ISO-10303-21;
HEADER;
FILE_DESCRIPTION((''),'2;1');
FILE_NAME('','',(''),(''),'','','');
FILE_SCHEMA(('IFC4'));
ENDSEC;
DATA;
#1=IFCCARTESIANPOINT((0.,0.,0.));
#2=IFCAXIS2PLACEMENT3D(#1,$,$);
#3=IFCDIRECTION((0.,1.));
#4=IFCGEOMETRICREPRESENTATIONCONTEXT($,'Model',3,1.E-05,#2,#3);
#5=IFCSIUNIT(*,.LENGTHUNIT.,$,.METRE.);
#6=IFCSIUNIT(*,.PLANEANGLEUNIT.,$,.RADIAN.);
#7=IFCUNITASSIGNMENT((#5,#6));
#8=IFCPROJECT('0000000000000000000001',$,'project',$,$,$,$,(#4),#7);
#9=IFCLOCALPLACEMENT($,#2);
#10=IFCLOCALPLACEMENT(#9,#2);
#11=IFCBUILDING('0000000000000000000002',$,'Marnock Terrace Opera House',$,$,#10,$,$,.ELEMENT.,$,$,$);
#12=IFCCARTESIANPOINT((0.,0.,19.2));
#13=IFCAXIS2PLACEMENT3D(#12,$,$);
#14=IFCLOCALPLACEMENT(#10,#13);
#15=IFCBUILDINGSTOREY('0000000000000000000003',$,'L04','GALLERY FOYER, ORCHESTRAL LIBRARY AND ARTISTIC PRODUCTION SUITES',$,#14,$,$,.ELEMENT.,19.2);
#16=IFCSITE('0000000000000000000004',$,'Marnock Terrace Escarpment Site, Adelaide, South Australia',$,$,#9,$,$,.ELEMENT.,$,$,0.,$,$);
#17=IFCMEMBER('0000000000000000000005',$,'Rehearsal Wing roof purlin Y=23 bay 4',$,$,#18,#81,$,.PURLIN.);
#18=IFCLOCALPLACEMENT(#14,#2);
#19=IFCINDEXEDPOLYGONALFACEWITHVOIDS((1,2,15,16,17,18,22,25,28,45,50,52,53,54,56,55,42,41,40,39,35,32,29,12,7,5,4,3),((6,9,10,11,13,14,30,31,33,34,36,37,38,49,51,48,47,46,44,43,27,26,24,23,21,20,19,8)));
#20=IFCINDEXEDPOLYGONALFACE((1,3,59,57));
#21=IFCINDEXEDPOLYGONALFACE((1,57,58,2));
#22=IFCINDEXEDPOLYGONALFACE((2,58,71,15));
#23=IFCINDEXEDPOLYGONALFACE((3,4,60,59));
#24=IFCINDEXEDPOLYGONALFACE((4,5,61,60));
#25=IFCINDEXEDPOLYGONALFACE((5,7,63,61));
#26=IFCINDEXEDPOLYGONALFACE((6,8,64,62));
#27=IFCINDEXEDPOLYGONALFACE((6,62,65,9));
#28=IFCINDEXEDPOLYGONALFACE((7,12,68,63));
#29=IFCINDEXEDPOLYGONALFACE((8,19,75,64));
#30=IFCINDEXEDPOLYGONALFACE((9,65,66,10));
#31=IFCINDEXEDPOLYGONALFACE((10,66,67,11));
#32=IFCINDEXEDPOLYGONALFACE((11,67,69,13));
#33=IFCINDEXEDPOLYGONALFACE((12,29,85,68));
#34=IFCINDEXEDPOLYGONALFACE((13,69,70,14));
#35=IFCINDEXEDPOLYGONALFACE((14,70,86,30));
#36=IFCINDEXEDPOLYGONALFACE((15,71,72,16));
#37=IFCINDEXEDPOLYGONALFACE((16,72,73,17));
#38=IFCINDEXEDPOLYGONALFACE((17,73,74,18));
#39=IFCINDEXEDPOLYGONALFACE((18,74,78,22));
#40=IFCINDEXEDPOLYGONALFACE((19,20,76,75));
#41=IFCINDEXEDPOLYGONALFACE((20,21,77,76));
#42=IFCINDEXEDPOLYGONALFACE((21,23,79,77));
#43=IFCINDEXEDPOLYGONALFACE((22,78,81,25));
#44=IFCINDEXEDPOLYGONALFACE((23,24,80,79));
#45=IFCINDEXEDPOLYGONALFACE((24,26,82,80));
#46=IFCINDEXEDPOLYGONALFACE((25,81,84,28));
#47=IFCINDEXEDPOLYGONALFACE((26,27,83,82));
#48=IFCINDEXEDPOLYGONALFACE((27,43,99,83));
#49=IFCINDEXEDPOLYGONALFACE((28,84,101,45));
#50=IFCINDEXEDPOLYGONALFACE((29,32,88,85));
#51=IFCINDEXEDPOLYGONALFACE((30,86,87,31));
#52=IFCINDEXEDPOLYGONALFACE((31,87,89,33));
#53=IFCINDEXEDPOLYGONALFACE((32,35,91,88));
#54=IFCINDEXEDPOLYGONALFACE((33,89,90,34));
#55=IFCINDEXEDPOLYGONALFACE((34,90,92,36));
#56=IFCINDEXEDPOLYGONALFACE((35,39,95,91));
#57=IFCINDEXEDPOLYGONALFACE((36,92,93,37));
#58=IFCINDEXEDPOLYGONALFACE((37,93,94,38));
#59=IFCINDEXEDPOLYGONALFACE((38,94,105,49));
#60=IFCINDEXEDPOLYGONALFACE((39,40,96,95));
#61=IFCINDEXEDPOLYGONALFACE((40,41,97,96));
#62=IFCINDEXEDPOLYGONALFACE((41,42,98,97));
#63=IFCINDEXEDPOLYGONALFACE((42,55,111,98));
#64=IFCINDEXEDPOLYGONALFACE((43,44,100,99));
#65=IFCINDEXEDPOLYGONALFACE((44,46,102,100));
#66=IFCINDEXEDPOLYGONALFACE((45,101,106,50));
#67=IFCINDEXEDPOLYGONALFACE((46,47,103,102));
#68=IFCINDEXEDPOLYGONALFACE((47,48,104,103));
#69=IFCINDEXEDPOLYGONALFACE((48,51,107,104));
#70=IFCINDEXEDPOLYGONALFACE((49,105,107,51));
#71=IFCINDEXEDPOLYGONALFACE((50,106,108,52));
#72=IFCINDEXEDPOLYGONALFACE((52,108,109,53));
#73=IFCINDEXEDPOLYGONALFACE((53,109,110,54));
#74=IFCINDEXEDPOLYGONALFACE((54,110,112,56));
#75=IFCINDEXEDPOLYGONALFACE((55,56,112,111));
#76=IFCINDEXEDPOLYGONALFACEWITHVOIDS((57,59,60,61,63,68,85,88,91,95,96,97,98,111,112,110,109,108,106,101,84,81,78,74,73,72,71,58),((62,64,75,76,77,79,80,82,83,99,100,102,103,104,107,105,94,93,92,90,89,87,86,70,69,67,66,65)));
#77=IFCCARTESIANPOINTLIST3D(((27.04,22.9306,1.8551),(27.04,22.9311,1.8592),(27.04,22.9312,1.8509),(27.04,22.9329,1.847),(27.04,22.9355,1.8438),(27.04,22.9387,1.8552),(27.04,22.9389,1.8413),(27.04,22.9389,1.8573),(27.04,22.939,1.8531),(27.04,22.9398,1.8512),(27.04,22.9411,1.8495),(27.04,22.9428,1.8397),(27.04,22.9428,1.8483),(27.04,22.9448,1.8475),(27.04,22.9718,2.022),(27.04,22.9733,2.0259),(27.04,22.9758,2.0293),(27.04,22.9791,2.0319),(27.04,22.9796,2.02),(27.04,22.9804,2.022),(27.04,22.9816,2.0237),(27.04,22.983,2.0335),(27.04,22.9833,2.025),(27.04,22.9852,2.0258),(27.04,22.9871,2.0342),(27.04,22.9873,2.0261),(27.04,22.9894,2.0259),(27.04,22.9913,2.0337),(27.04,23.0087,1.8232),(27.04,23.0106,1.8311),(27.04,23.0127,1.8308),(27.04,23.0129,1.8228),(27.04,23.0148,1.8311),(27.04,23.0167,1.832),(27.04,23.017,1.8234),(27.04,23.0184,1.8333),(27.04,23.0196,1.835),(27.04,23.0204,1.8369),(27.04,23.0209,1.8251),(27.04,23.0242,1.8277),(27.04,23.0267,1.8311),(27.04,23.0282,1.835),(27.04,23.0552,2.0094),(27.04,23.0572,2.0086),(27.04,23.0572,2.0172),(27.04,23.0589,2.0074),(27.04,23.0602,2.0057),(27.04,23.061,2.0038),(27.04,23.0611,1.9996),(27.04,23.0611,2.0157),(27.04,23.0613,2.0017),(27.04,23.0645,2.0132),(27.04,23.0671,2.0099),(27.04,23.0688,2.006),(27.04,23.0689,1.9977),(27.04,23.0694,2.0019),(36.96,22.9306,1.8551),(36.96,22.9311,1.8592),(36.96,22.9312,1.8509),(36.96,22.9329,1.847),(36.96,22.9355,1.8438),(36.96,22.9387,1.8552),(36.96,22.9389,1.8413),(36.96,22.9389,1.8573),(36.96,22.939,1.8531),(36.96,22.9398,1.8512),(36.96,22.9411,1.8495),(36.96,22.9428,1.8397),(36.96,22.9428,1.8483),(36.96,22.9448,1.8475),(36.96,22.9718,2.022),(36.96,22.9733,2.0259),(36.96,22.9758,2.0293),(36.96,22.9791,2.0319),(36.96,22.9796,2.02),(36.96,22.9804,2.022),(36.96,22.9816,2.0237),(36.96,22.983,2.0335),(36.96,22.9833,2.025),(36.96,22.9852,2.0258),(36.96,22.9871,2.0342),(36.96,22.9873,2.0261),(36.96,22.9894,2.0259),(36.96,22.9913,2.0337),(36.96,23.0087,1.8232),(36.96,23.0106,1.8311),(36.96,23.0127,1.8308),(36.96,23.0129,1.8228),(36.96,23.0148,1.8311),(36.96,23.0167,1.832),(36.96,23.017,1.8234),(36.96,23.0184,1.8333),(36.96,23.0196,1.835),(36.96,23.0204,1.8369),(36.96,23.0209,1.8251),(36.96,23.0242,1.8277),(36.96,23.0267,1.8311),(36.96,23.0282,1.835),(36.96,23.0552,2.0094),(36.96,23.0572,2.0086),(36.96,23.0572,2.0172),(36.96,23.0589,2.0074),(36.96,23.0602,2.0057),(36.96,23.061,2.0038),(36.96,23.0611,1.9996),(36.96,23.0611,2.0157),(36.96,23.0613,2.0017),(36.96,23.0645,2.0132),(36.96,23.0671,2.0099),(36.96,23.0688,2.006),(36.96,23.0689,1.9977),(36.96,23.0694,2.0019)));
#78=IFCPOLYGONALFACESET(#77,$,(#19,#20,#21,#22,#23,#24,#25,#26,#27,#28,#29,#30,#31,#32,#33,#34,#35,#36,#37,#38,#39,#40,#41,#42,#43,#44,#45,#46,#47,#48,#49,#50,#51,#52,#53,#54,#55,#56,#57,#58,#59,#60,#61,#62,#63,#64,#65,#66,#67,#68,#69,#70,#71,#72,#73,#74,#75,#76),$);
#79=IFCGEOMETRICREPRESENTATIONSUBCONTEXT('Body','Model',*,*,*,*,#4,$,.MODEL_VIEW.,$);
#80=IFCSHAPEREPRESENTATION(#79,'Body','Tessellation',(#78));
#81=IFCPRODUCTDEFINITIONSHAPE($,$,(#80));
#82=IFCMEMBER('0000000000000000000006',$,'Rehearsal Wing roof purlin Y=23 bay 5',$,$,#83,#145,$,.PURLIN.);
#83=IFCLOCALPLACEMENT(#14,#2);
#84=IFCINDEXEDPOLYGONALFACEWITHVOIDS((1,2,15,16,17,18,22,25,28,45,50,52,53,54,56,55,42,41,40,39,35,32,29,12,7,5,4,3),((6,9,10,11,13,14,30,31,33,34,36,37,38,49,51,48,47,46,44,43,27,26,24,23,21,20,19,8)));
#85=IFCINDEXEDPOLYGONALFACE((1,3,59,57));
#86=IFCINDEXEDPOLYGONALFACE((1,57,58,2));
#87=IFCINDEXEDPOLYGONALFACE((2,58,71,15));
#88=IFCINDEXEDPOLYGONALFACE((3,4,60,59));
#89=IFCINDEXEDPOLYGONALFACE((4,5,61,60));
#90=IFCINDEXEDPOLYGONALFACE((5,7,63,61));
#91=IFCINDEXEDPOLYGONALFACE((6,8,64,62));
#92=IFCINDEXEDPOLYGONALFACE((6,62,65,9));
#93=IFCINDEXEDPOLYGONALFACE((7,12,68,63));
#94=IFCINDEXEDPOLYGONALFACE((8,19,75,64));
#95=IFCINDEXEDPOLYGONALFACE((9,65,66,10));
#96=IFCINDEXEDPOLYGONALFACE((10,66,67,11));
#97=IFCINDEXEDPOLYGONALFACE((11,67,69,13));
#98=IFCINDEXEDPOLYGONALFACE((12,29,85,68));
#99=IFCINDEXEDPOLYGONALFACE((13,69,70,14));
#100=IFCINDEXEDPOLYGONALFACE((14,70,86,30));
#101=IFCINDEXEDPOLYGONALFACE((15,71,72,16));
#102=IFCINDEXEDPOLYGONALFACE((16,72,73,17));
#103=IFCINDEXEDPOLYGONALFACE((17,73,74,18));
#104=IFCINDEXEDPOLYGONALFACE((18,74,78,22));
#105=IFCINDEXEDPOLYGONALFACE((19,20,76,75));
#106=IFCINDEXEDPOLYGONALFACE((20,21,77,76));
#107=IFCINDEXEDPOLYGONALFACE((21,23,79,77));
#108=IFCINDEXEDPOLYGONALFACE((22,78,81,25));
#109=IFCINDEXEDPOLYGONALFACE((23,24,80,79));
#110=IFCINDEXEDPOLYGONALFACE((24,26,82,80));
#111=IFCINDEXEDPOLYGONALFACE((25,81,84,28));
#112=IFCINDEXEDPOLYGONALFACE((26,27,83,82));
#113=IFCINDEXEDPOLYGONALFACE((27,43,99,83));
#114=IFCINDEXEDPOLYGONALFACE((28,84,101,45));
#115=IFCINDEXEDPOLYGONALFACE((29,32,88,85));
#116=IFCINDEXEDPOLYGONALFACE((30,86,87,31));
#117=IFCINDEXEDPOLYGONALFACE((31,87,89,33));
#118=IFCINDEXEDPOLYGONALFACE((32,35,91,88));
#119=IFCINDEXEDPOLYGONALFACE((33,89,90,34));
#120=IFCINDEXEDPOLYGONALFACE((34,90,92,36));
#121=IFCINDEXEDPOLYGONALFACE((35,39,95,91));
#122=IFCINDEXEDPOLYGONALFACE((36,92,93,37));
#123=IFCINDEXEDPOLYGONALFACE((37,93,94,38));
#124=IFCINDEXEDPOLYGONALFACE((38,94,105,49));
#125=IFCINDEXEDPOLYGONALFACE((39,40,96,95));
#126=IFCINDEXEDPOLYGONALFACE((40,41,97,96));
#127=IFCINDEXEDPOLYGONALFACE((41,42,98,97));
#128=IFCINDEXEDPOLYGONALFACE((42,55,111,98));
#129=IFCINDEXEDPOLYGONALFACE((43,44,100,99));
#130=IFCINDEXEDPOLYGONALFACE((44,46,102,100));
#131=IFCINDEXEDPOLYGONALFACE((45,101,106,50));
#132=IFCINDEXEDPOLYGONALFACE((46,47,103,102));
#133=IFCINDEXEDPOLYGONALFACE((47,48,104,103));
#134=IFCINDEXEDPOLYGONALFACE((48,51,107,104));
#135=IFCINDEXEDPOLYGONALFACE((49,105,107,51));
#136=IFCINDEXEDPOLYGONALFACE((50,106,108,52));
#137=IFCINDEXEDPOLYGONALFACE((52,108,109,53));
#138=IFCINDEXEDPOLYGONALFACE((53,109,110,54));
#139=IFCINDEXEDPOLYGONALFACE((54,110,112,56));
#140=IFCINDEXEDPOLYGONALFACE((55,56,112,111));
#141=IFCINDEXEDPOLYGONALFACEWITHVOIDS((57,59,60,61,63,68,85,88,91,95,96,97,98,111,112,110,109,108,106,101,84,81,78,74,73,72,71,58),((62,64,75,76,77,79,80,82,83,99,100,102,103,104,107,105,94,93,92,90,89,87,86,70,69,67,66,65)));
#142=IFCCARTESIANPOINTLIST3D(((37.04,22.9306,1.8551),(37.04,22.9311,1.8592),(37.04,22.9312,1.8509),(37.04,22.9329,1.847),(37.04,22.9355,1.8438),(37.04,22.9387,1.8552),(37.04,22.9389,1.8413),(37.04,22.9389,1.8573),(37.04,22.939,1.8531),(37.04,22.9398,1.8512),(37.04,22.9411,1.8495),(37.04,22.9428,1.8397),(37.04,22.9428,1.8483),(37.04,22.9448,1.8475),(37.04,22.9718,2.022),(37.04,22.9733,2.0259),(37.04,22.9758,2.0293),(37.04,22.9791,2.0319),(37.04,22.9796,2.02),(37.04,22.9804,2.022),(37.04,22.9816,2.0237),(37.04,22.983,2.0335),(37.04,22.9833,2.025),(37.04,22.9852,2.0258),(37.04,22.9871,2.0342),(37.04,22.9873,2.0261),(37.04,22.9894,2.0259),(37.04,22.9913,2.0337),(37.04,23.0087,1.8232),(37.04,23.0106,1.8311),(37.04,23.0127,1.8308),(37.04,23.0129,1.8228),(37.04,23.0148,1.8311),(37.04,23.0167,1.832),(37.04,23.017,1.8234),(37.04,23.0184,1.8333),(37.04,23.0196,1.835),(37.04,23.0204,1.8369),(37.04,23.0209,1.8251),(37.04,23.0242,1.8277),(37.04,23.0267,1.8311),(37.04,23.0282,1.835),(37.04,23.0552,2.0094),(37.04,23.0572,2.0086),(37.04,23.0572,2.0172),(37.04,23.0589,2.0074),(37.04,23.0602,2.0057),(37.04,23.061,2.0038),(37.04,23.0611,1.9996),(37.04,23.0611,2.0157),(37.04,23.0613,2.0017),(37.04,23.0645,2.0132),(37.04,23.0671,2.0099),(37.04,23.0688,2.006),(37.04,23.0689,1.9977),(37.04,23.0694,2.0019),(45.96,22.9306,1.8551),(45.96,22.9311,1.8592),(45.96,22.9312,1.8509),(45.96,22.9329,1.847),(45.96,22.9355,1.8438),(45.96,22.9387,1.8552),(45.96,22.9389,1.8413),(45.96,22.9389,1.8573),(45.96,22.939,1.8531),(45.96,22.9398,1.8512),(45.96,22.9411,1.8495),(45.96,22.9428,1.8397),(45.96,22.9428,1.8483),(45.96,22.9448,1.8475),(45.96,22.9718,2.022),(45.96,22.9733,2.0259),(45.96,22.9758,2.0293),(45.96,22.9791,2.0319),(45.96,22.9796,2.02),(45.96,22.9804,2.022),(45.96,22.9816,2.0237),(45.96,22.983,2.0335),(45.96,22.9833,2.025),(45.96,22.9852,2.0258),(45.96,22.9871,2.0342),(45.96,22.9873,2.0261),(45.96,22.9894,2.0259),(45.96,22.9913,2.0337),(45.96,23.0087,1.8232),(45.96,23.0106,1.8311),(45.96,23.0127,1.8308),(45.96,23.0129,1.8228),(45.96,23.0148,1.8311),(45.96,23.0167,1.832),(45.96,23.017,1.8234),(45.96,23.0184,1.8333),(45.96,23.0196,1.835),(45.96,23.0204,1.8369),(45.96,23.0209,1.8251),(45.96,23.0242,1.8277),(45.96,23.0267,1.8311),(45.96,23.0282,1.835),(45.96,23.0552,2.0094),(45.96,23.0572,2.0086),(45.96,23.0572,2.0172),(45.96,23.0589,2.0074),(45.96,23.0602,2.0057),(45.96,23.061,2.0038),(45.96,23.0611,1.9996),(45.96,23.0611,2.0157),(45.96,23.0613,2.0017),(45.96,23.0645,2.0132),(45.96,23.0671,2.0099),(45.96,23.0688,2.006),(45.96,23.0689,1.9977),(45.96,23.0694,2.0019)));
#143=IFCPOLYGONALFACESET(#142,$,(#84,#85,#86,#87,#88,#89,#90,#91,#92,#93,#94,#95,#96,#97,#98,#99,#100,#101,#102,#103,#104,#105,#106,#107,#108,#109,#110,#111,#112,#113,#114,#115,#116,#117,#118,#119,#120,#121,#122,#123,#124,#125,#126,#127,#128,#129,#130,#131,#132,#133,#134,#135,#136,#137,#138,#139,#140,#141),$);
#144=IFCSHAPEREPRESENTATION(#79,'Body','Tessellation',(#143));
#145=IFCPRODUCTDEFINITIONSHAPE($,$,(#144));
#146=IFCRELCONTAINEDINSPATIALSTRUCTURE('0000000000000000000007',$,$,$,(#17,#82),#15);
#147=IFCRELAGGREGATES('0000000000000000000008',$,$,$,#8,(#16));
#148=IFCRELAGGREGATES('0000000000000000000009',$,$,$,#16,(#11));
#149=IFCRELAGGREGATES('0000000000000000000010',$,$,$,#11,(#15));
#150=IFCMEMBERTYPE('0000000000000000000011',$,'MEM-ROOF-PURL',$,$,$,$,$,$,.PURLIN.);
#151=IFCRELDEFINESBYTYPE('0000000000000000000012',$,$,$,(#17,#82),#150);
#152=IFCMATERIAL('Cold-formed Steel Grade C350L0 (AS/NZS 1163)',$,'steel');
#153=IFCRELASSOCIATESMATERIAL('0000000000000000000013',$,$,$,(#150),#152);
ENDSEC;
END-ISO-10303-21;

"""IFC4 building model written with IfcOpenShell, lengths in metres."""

from ifc_helpers import new_model, si_unit, direction, frame, origin, origin_2d, place, context, subcontext, project, spatial, hollow_rectangle, extrude, material, material_profile, profile_set, type_object, element, save


model = new_model("IFC4")

# Units and contexts
model_context = context("Model", 3, precision=1e-05, world=origin(), true_north=direction((0.0, 1.0)))
body_context = subcontext(model_context, "Body", "Model", "MODEL_VIEW")
ifc_project = project(units=[si_unit("LENGTHUNIT", "METRE"), si_unit("PLANEANGLEUNIT", "RADIAN")], contexts=[model_context])

# Site, building, storey
site_placement = place(None, origin())
site = spatial("IfcSite", under=ifc_project, at=site_placement, Name="Marnock Terrace Escarpment Site, Adelaide, South Australia", CompositionType="ELEMENT", RefElevation=0.0)
building_placement = place(site_placement, origin())
building = spatial("IfcBuilding", under=site, at=building_placement, Name="Marnock Terrace Opera House", CompositionType="ELEMENT")
storey_placement = place(building_placement, frame((0.0, 0.0, 19.2)))
storey = spatial("IfcBuildingStorey", under=building, at=storey_placement, Name="L04", Description="GALLERY FOYER, ORCHESTRAL LIBRARY AND ARTISTIC PRODUCTION SUITES", CompositionType="ELEMENT", Elevation=19.2)

# Members
ifc_material_1 = material(Name="Cold-formed Steel Grade C350L0 (AS/NZS 1163)", Category="steel")
ifc_material_profile_1 = material_profile(ifc_material_1, hollow_rectangle(XDim=0.1001, YDim=0.2, WallThickness=0.0081, InnerFilletRadius=0.0081, OuterFilletRadius=0.0161, at=origin_2d()))
ifc_profile_set_1 = profile_set([ifc_material_profile_1], Name="Cold-formed Steel Grade C350L0 (AS/NZS 1163)")
member_type_1 = type_object("IfcMemberType", Name="MEM-ROOF-PURL", PredefinedType="PURLIN", material=ifc_profile_set_1)
member_1_placement = place(storey_placement, frame((27.04, 23.0, 1.9285), z_axis=(1.0, 0.0, 0.0), x_axis=(0.0, 0.970143, -0.242535)))
element("IfcMember", 1, at=member_1_placement, inside=storey, type_object=member_type_1, Name="Rehearsal Wing roof purlin Y=23 bay 4", PredefinedType="PURLIN", context=body_context, shape_type="SweptSolid", body=[
    extrude(hollow_rectangle(XDim=0.1001, YDim=0.2, WallThickness=0.0081, InnerFilletRadius=0.0081, OuterFilletRadius=0.0161, at=origin_2d()), origin(), (0.0, 0.0, 1.0), 9.9199),
])
member_2_placement = place(storey_placement, frame((37.04, 23.0, 1.9285), z_axis=(1.0, 0.0, 0.0), x_axis=(0.0, 0.970143, -0.242535)))
element("IfcMember", 2, at=member_2_placement, inside=storey, type_object=member_type_1, Name="Rehearsal Wing roof purlin Y=23 bay 5", PredefinedType="PURLIN", context=body_context, shape_type="SweptSolid", body=[
    extrude(hollow_rectangle(XDim=0.1001, YDim=0.2, WallThickness=0.0081, InnerFilletRadius=0.0081, OuterFilletRadius=0.0161, at=origin_2d()), origin(), (0.0, 0.0, 1.0), 8.9199),
])

save(model, "model.ifc")
